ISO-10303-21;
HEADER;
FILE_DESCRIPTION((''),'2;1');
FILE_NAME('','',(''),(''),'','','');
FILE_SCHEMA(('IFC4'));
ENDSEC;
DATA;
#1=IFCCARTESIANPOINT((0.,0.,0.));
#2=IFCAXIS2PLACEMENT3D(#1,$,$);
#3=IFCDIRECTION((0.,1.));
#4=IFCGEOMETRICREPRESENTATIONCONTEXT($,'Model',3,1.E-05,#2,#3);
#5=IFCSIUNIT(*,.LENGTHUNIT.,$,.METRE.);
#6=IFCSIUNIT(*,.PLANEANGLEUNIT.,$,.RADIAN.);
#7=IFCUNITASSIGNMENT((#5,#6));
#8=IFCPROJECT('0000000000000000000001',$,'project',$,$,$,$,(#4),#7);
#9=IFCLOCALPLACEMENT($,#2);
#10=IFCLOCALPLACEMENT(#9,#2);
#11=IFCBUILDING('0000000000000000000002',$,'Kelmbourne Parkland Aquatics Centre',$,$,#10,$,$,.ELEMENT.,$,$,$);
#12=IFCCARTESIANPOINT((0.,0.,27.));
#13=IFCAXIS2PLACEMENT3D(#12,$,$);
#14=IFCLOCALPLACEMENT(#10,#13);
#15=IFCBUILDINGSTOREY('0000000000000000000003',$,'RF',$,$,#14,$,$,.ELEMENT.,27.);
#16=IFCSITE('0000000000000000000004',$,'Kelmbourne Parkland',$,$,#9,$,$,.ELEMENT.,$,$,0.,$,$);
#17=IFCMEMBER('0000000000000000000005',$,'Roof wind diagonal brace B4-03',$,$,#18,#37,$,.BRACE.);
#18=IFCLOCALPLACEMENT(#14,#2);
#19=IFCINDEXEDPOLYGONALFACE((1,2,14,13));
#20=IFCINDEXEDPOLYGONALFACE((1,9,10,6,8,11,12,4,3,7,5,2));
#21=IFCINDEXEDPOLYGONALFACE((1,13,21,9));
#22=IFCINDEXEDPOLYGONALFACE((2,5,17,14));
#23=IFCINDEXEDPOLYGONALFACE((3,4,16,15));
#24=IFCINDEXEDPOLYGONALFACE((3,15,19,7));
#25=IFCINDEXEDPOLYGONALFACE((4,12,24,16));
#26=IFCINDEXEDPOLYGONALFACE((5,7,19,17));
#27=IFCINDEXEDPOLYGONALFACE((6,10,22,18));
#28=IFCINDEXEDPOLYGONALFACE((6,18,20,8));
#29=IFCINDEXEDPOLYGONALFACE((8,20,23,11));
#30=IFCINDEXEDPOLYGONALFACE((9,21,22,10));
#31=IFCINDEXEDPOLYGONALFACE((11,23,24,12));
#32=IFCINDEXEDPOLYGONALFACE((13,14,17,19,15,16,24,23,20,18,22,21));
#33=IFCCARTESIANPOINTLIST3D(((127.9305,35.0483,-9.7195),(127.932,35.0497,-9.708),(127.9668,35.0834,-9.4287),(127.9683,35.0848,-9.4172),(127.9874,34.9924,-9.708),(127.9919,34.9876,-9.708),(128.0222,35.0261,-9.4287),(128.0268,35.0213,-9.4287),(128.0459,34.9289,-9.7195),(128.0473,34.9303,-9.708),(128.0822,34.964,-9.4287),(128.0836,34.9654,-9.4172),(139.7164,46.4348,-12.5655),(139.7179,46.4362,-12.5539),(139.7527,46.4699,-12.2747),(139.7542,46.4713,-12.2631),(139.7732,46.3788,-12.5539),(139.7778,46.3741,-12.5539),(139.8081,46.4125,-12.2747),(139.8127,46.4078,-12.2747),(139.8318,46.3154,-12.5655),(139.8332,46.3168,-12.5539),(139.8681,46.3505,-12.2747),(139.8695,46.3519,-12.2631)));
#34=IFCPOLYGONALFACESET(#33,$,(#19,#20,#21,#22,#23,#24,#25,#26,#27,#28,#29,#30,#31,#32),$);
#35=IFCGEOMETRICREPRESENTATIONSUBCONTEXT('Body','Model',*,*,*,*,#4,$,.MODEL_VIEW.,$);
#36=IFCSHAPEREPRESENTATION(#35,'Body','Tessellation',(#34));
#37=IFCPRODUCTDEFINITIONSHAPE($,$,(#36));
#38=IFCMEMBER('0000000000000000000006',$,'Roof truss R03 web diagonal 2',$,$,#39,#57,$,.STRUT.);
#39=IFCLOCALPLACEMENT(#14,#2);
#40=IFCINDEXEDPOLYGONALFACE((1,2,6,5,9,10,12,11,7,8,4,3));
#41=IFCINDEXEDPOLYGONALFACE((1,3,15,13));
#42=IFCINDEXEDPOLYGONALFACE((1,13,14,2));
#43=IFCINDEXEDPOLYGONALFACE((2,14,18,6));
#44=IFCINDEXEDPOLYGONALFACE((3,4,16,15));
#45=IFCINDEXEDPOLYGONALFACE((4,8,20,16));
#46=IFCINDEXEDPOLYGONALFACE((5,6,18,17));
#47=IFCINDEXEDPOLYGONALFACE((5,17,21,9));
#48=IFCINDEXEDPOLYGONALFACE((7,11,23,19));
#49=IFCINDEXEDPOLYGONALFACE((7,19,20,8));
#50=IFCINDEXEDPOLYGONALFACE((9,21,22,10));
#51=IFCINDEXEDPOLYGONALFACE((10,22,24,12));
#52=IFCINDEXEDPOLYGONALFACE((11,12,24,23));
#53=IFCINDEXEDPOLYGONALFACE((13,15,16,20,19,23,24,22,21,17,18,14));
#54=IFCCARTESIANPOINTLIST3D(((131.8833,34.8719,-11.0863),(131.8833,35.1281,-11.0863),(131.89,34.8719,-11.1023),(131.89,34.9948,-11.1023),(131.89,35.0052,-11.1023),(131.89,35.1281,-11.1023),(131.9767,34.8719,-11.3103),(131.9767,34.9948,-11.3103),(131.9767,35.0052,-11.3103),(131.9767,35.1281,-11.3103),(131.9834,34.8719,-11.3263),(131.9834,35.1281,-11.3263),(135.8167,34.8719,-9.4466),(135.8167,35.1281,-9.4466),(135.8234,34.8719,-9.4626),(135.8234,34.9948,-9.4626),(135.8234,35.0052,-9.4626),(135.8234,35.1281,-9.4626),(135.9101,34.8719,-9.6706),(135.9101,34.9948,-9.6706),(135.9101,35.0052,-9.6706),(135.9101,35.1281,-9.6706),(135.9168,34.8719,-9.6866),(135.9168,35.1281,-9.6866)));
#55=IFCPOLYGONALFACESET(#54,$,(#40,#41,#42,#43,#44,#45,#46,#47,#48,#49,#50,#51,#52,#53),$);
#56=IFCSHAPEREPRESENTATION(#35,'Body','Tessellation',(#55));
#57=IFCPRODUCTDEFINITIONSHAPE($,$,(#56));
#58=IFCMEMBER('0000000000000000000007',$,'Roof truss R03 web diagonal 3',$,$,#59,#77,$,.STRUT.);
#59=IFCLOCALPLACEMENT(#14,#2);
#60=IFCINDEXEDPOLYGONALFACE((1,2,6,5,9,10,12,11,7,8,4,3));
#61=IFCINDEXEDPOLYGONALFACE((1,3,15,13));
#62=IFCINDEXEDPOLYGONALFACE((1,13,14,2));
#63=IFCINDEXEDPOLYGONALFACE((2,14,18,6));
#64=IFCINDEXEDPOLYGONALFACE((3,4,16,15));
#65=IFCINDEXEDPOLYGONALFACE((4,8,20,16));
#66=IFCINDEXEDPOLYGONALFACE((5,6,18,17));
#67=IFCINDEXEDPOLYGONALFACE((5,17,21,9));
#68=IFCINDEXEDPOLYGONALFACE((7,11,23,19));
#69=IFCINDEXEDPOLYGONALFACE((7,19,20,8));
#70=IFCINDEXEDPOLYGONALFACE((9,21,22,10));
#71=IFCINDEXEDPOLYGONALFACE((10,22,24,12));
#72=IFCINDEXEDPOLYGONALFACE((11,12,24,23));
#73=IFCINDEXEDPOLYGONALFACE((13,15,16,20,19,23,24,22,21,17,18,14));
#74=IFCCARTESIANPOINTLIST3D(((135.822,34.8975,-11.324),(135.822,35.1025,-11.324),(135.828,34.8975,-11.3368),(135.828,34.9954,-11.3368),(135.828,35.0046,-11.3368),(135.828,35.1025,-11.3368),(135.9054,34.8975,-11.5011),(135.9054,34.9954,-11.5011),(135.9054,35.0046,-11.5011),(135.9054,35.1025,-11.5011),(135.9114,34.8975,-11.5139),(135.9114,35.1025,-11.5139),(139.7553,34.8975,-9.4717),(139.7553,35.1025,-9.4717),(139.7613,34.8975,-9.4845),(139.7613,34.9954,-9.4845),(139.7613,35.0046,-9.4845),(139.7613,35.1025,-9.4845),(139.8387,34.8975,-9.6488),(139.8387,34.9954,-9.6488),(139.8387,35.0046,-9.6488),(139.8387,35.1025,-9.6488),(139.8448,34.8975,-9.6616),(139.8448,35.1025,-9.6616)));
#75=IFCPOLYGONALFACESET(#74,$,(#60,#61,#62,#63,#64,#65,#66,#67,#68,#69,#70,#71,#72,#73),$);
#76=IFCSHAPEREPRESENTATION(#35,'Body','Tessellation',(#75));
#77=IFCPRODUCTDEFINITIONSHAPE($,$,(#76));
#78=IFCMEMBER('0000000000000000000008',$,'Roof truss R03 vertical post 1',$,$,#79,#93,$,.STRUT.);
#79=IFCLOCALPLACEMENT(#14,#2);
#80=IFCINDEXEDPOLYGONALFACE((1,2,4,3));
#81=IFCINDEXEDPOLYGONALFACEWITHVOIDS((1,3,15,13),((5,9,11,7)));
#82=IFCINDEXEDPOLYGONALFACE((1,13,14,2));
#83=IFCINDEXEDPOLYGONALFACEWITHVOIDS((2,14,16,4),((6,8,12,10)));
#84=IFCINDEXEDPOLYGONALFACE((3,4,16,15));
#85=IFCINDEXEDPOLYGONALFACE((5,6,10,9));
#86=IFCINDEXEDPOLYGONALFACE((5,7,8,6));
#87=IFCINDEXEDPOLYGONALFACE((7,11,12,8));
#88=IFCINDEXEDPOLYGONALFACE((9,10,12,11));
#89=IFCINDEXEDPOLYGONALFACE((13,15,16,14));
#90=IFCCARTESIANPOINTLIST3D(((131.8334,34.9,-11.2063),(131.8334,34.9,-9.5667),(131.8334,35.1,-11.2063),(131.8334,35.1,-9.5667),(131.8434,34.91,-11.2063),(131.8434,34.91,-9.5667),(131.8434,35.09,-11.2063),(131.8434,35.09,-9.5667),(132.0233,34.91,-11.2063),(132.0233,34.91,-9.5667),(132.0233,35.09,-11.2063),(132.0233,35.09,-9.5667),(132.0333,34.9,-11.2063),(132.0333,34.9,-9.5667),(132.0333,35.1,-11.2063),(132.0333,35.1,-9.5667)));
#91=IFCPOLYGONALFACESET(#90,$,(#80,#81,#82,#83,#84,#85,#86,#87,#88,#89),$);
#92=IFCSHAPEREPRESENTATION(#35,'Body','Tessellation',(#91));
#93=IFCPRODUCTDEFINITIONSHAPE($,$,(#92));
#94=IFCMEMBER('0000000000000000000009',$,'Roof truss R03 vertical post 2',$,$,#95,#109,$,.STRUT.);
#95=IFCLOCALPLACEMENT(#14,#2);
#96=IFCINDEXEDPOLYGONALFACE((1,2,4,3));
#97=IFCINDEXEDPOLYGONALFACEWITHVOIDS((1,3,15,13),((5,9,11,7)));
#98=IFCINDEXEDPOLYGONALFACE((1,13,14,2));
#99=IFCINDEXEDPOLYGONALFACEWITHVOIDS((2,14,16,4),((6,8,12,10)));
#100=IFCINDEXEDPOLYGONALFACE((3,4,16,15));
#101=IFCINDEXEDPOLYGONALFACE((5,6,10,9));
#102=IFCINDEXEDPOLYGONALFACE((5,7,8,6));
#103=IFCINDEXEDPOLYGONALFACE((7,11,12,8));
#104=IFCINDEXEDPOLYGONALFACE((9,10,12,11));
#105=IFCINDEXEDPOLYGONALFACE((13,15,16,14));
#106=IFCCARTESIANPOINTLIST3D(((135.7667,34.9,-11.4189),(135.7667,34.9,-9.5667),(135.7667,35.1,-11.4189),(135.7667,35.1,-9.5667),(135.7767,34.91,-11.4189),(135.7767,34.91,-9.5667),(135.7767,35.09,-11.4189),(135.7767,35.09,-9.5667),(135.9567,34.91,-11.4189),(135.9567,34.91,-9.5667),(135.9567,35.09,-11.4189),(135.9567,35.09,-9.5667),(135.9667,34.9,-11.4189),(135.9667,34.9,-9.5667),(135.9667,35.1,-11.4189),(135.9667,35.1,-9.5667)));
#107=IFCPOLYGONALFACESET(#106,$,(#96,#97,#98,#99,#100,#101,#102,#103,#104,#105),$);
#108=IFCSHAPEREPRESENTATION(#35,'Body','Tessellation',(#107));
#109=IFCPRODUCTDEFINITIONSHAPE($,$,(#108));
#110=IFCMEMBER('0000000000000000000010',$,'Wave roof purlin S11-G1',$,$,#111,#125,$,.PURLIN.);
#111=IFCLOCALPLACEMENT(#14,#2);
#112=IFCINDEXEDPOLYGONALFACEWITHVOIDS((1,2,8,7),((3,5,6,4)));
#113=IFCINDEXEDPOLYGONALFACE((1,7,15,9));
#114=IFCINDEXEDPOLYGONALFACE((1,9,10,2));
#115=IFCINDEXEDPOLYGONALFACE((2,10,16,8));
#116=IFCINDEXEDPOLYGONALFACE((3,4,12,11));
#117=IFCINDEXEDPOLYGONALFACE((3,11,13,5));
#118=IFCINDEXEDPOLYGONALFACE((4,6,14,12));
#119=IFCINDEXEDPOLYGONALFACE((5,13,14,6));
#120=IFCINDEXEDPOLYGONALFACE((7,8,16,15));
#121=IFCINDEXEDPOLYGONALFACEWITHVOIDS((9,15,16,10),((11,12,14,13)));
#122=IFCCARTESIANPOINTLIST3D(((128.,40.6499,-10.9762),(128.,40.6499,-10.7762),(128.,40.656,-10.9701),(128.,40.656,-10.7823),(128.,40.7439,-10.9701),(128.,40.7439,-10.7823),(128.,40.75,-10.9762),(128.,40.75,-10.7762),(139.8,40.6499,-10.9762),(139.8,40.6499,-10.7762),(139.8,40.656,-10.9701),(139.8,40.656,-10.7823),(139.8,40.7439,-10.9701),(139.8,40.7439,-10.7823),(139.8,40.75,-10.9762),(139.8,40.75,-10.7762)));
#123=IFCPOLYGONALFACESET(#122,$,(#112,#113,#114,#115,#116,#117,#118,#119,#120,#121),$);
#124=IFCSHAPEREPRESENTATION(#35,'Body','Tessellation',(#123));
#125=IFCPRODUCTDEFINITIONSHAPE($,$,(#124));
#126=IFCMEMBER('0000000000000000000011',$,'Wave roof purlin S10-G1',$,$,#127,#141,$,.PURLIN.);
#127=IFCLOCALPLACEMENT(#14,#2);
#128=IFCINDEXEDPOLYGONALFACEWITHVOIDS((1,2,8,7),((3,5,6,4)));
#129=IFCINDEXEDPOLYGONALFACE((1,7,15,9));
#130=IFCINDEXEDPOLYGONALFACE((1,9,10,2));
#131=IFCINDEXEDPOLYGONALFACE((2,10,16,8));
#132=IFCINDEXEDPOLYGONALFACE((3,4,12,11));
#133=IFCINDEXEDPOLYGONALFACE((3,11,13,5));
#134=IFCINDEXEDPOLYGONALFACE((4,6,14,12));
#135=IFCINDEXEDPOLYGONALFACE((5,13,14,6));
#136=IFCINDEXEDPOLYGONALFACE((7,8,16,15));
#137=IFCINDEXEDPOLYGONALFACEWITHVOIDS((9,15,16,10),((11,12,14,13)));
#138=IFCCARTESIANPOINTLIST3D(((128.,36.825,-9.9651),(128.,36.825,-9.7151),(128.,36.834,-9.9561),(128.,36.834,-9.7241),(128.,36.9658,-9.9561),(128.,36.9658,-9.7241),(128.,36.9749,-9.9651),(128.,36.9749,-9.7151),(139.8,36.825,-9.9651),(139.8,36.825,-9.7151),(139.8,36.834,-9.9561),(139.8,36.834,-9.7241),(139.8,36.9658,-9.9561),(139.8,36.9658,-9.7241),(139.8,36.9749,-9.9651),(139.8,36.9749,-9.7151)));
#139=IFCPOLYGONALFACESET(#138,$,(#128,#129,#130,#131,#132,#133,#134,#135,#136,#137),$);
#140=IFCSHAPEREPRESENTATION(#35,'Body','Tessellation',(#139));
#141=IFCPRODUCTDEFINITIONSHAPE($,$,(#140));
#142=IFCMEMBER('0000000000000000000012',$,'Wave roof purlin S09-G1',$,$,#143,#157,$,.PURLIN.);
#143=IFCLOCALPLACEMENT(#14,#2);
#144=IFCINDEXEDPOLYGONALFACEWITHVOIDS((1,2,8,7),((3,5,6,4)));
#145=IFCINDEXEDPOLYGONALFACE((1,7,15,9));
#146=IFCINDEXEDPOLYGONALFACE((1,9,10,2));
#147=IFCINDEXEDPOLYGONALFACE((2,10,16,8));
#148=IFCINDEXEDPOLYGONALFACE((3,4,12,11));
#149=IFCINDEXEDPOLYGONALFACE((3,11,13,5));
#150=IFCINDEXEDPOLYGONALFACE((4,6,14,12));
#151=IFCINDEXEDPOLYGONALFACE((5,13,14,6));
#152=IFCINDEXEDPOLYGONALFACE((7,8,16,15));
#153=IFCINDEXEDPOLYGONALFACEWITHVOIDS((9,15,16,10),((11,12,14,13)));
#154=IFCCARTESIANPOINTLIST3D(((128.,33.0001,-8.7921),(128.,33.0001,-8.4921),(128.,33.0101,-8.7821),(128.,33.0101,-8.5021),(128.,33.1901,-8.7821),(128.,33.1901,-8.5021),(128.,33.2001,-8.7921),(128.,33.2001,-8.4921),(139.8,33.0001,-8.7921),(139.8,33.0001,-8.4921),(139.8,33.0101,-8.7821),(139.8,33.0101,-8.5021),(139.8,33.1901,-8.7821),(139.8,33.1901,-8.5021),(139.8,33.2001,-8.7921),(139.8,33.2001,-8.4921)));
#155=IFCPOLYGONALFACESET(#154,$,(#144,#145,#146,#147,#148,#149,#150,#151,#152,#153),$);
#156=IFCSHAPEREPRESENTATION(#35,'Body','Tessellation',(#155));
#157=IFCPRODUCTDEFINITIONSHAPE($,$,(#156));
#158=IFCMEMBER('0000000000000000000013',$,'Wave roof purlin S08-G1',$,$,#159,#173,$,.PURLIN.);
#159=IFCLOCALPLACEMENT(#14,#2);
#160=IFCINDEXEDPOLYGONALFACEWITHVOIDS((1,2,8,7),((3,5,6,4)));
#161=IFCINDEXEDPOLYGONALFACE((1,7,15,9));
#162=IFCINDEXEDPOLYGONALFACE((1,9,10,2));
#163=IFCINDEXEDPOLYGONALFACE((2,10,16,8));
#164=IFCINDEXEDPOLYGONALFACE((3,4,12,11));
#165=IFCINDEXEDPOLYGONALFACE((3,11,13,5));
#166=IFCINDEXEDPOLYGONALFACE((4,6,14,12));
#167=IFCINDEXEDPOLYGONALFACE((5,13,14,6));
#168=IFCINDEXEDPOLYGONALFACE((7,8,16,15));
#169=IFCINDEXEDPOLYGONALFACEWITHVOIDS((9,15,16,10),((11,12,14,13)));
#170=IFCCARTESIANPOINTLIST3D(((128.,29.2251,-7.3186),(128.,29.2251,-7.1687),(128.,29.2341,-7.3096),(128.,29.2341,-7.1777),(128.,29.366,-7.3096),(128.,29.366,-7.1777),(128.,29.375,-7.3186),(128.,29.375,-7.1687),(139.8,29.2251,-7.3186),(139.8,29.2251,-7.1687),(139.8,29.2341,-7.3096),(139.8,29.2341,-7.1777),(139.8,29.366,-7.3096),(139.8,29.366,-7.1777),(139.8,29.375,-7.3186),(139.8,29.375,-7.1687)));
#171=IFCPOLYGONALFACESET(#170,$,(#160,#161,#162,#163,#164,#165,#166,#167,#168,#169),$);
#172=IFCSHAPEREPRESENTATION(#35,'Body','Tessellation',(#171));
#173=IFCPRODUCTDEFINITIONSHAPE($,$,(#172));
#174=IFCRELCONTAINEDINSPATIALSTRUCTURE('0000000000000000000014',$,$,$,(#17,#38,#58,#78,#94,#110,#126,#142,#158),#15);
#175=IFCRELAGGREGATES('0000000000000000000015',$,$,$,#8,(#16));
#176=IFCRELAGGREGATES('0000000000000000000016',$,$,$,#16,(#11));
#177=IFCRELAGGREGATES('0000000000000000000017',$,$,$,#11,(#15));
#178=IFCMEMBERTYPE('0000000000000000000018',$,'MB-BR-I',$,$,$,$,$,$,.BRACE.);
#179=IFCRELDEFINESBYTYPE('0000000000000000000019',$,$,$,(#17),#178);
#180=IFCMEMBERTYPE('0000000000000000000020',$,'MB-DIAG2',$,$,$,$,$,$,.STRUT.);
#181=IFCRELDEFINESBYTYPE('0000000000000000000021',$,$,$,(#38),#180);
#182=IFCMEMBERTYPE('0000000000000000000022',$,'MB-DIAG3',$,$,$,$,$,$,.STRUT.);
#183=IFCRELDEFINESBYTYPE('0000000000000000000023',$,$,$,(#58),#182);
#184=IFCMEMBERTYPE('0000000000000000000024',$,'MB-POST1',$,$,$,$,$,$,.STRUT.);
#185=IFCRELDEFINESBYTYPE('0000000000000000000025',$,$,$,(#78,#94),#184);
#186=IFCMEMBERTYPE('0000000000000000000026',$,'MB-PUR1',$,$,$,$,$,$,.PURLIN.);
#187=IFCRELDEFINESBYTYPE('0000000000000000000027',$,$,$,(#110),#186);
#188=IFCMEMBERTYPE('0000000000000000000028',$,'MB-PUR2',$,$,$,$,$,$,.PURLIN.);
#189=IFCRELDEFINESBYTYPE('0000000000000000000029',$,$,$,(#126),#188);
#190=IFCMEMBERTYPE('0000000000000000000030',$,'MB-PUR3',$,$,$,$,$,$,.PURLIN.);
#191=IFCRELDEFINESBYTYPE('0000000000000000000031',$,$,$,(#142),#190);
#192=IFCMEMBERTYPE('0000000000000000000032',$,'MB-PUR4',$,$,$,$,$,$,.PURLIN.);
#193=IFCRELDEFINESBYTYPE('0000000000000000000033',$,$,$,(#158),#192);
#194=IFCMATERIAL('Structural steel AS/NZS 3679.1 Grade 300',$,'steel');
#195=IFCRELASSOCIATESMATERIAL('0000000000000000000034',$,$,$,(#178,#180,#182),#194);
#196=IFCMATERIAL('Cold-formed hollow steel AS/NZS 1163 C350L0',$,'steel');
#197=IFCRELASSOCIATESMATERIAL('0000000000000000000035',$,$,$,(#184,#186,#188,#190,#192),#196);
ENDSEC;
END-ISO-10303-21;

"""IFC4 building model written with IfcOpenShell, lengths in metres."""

from ifc_helpers import new_model, si_unit, direction, frame, origin, origin_2d, place, context, subcontext, project, spatial, hollow_rectangle, i_section, extrude, material, material_profile, profile_set, type_object, element, save


model = new_model("IFC4")

# Units and contexts
model_context = context("Model", 3, precision=1e-05, world=origin(), true_north=direction((0.0, 1.0)))
body_context = subcontext(model_context, "Body", "Model", "MODEL_VIEW")
ifc_project = project(units=[si_unit("LENGTHUNIT", "METRE"), si_unit("PLANEANGLEUNIT", "RADIAN")], contexts=[model_context])

# Site, building, storey
site_placement = place(None, origin())
site = spatial("IfcSite", under=ifc_project, at=site_placement, Name="Kelmbourne Parkland", CompositionType="ELEMENT", RefElevation=0.0)
building_placement = place(site_placement, origin())
building = spatial("IfcBuilding", under=site, at=building_placement, Name="Kelmbourne Parkland Aquatics Centre", CompositionType="ELEMENT")
storey_placement = place(building_placement, frame((0.0, 0.0, 27.0)))
storey = spatial("IfcBuildingStorey", under=building, at=storey_placement, Name="RF", CompositionType="ELEMENT", Elevation=27.0)

# Members
ifc_material_1 = material(Name="Structural steel AS/NZS 3679.1 Grade 300", Category="steel")
ifc_material_profile_1 = material_profile(ifc_material_1, i_section(OverallWidth=0.166, OverallDepth=0.3069, WebThickness=0.0066, FlangeThickness=0.0117, at=origin_2d()), Name="310UB46.2")
ifc_profile_set_1 = profile_set([ifc_material_profile_1], Name="Structural steel AS/NZS 3679.1 Grade 300")
member_type_1 = type_object("IfcMemberType", Name="MB-BR-I", PredefinedType="BRACE", material=ifc_profile_set_1)
member_1_placement = place(storey_placement, frame((128.0071, 35.0068, -9.5684), z_axis=(0.708582, 0.684569, -0.171102), x_axis=(-0.694815, 0.719188, 0.0)))
element("IfcMember", 1, at=member_1_placement, inside=storey, type_object=member_type_1, Name="Roof wind diagonal brace B4-03", PredefinedType="BRACE", context=body_context, shape_type="SweptSolid", body=[
    extrude(i_section(OverallWidth=0.166, OverallDepth=0.3069, WebThickness=0.0066, FlangeThickness=0.0117, at=origin_2d()), origin(), (0.0, 0.0, 1.0), 16.6331),
])
ifc_material_profile_2 = material_profile(ifc_material_1, i_section(OverallWidth=0.2561, OverallDepth=0.26, WebThickness=0.0105, FlangeThickness=0.0173, at=origin_2d()), Name="250UC89.5")
ifc_profile_set_2 = profile_set([ifc_material_profile_2], Name="Structural steel AS/NZS 3679.1 Grade 300")
member_type_2 = type_object("IfcMemberType", Name="MB-DIAG2", PredefinedType="STRUT", material=ifc_profile_set_2)
member_2_placement = place(storey_placement, frame((131.9333, 35.0, -11.2063), z_axis=(0.923014, 0.0, 0.384766), x_axis=(0.0, 1.0, 0.0)))
element("IfcMember", 2, at=member_2_placement, inside=storey, type_object=member_type_2, Name="Roof truss R03 web diagonal 2", PredefinedType="STRUT", context=body_context, shape_type="SweptSolid", body=[
    extrude(i_section(OverallWidth=0.2561, OverallDepth=0.26, WebThickness=0.0105, FlangeThickness=0.0173, at=origin_2d()), origin(), (0.0, 0.0, 1.0), 4.2615),
])
ifc_material_profile_3 = material_profile(ifc_material_1, i_section(OverallWidth=0.2051, OverallDepth=0.21, WebThickness=0.0093, FlangeThickness=0.0142, at=origin_2d()), Name="200UC59.5")
ifc_profile_set_3 = profile_set([ifc_material_profile_3], Name="Structural steel AS/NZS 3679.1 Grade 300")
member_type_3 = type_object("IfcMemberType", Name="MB-DIAG3", PredefinedType="STRUT", material=ifc_profile_set_3)
member_3_placement = place(storey_placement, frame((135.8667, 35.0, -11.4189), z_axis=(0.904703, 0.0, 0.426043), x_axis=(0.0, 1.0, 0.0)))
element("IfcMember", 3, at=member_3_placement, inside=storey, type_object=member_type_3, Name="Roof truss R03 web diagonal 3", PredefinedType="STRUT", context=body_context, shape_type="SweptSolid", body=[
    extrude(i_section(OverallWidth=0.2051, OverallDepth=0.21, WebThickness=0.0093, FlangeThickness=0.0142, at=origin_2d()), origin(), (0.0, 0.0, 1.0), 4.3477),
])
ifc_material_2 = material(Name="Cold-formed hollow steel AS/NZS 1163 C350L0", Category="steel")
ifc_material_profile_4 = material_profile(ifc_material_2, hollow_rectangle(XDim=0.2, YDim=0.2, WallThickness=0.01, at=origin_2d()), Name="SHS 200x200x10.0")
ifc_profile_set_4 = profile_set([ifc_material_profile_4], Name="Cold-formed hollow steel AS/NZS 1163 C350L0")
member_type_4 = type_object("IfcMemberType", Name="MB-POST1", PredefinedType="STRUT", material=ifc_profile_set_4)
member_4_placement = place(storey_placement, frame((131.9333, 35.0, -11.2063), z_axis=(0.0, 0.0, 1.0), x_axis=(1.0, 0.0, 0.0)))
element("IfcMember", 4, at=member_4_placement, inside=storey, type_object=member_type_4, Name="Roof truss R03 vertical post 1", PredefinedType="STRUT", context=body_context, shape_type="SweptSolid", body=[
    extrude(hollow_rectangle(XDim=0.2, YDim=0.2, WallThickness=0.01, at=origin_2d()), origin(), (0.0, 0.0, 1.0), 1.6396),
])
member_5_placement = place(storey_placement, frame((135.8667, 35.0, -11.4189), z_axis=(0.0, 0.0, 1.0), x_axis=(1.0, 0.0, 0.0)))
element("IfcMember", 5, at=member_5_placement, inside=storey, type_object=member_type_4, Name="Roof truss R03 vertical post 2", PredefinedType="STRUT", context=body_context, shape_type="SweptSolid", body=[
    extrude(hollow_rectangle(XDim=0.2, YDim=0.2, WallThickness=0.01, at=origin_2d()), origin(), (0.0, 0.0, 1.0), 1.8523),
])
ifc_material_profile_5 = material_profile(ifc_material_2, hollow_rectangle(XDim=0.1001, YDim=0.2, WallThickness=0.0061, at=origin_2d()), Name="RHS 200x100x6.0")
ifc_profile_set_5 = profile_set([ifc_material_profile_5], Name="Cold-formed hollow steel AS/NZS 1163 C350L0")
member_type_5 = type_object("IfcMemberType", Name="MB-PUR1", PredefinedType="PURLIN", material=ifc_profile_set_5)
member_6_placement = place(storey_placement, frame((128.0, 40.7, -10.8762), z_axis=(1.0, 0.0, 0.0), x_axis=(0.0, 1.0, 0.0)))
element("IfcMember", 6, at=member_6_placement, inside=storey, type_object=member_type_5, Name="Wave roof purlin S11-G1", PredefinedType="PURLIN", context=body_context, shape_type="SweptSolid", body=[
    extrude(hollow_rectangle(XDim=0.1001, YDim=0.2, WallThickness=0.0061, at=origin_2d()), origin(), (0.0, 0.0, 1.0), 11.8),
])
ifc_material_profile_6 = material_profile(ifc_material_2, hollow_rectangle(XDim=0.1499, YDim=0.25, WallThickness=0.009, at=origin_2d()), Name="RHS 250x150x9.0")
ifc_profile_set_6 = profile_set([ifc_material_profile_6], Name="Cold-formed hollow steel AS/NZS 1163 C350L0")
member_type_6 = type_object("IfcMemberType", Name="MB-PUR2", PredefinedType="PURLIN", material=ifc_profile_set_6)
member_7_placement = place(storey_placement, frame((128.0, 36.8999, -9.8401), z_axis=(1.0, 0.0, 0.0), x_axis=(0.0, 1.0, 0.0)))
element("IfcMember", 7, at=member_7_placement, inside=storey, type_object=member_type_6, Name="Wave roof purlin S10-G1", PredefinedType="PURLIN", context=body_context, shape_type="SweptSolid", body=[
    extrude(hollow_rectangle(XDim=0.1499, YDim=0.25, WallThickness=0.009, at=origin_2d()), origin(), (0.0, 0.0, 1.0), 11.8),
])
ifc_material_profile_7 = material_profile(ifc_material_2, hollow_rectangle(XDim=0.2, YDim=0.3, WallThickness=0.01, at=origin_2d()), Name="RHS 300x200x10.0")
ifc_profile_set_7 = profile_set([ifc_material_profile_7], Name="Cold-formed hollow steel AS/NZS 1163 C350L0")
member_type_7 = type_object("IfcMemberType", Name="MB-PUR3", PredefinedType="PURLIN", material=ifc_profile_set_7)
member_8_placement = place(storey_placement, frame((128.0, 33.1001, -8.6421), z_axis=(1.0, 0.0, 0.0), x_axis=(0.0, 1.0, 0.0)))
element("IfcMember", 8, at=member_8_placement, inside=storey, type_object=member_type_7, Name="Wave roof purlin S09-G1", PredefinedType="PURLIN", context=body_context, shape_type="SweptSolid", body=[
    extrude(hollow_rectangle(XDim=0.2, YDim=0.3, WallThickness=0.01, at=origin_2d()), origin(), (0.0, 0.0, 1.0), 11.8),
])
ifc_material_profile_8 = material_profile(ifc_material_2, hollow_rectangle(XDim=0.1499, YDim=0.1499, WallThickness=0.009, at=origin_2d()), Name="SHS 150x150x9.0")
ifc_profile_set_8 = profile_set([ifc_material_profile_8], Name="Cold-formed hollow steel AS/NZS 1163 C350L0")
member_type_8 = type_object("IfcMemberType", Name="MB-PUR4", PredefinedType="PURLIN", material=ifc_profile_set_8)
member_9_placement = place(storey_placement, frame((128.0, 29.3, -7.2437), z_axis=(1.0, 0.0, 0.0), x_axis=(0.0, 1.0, 0.0)))
element("IfcMember", 9, at=member_9_placement, inside=storey, type_object=member_type_8, Name="Wave roof purlin S08-G1", PredefinedType="PURLIN", context=body_context, shape_type="SweptSolid", body=[
    extrude(hollow_rectangle(XDim=0.1499, YDim=0.1499, WallThickness=0.009, at=origin_2d()), origin(), (0.0, 0.0, 1.0), 11.8),
])

save(model, "model.ifc")
